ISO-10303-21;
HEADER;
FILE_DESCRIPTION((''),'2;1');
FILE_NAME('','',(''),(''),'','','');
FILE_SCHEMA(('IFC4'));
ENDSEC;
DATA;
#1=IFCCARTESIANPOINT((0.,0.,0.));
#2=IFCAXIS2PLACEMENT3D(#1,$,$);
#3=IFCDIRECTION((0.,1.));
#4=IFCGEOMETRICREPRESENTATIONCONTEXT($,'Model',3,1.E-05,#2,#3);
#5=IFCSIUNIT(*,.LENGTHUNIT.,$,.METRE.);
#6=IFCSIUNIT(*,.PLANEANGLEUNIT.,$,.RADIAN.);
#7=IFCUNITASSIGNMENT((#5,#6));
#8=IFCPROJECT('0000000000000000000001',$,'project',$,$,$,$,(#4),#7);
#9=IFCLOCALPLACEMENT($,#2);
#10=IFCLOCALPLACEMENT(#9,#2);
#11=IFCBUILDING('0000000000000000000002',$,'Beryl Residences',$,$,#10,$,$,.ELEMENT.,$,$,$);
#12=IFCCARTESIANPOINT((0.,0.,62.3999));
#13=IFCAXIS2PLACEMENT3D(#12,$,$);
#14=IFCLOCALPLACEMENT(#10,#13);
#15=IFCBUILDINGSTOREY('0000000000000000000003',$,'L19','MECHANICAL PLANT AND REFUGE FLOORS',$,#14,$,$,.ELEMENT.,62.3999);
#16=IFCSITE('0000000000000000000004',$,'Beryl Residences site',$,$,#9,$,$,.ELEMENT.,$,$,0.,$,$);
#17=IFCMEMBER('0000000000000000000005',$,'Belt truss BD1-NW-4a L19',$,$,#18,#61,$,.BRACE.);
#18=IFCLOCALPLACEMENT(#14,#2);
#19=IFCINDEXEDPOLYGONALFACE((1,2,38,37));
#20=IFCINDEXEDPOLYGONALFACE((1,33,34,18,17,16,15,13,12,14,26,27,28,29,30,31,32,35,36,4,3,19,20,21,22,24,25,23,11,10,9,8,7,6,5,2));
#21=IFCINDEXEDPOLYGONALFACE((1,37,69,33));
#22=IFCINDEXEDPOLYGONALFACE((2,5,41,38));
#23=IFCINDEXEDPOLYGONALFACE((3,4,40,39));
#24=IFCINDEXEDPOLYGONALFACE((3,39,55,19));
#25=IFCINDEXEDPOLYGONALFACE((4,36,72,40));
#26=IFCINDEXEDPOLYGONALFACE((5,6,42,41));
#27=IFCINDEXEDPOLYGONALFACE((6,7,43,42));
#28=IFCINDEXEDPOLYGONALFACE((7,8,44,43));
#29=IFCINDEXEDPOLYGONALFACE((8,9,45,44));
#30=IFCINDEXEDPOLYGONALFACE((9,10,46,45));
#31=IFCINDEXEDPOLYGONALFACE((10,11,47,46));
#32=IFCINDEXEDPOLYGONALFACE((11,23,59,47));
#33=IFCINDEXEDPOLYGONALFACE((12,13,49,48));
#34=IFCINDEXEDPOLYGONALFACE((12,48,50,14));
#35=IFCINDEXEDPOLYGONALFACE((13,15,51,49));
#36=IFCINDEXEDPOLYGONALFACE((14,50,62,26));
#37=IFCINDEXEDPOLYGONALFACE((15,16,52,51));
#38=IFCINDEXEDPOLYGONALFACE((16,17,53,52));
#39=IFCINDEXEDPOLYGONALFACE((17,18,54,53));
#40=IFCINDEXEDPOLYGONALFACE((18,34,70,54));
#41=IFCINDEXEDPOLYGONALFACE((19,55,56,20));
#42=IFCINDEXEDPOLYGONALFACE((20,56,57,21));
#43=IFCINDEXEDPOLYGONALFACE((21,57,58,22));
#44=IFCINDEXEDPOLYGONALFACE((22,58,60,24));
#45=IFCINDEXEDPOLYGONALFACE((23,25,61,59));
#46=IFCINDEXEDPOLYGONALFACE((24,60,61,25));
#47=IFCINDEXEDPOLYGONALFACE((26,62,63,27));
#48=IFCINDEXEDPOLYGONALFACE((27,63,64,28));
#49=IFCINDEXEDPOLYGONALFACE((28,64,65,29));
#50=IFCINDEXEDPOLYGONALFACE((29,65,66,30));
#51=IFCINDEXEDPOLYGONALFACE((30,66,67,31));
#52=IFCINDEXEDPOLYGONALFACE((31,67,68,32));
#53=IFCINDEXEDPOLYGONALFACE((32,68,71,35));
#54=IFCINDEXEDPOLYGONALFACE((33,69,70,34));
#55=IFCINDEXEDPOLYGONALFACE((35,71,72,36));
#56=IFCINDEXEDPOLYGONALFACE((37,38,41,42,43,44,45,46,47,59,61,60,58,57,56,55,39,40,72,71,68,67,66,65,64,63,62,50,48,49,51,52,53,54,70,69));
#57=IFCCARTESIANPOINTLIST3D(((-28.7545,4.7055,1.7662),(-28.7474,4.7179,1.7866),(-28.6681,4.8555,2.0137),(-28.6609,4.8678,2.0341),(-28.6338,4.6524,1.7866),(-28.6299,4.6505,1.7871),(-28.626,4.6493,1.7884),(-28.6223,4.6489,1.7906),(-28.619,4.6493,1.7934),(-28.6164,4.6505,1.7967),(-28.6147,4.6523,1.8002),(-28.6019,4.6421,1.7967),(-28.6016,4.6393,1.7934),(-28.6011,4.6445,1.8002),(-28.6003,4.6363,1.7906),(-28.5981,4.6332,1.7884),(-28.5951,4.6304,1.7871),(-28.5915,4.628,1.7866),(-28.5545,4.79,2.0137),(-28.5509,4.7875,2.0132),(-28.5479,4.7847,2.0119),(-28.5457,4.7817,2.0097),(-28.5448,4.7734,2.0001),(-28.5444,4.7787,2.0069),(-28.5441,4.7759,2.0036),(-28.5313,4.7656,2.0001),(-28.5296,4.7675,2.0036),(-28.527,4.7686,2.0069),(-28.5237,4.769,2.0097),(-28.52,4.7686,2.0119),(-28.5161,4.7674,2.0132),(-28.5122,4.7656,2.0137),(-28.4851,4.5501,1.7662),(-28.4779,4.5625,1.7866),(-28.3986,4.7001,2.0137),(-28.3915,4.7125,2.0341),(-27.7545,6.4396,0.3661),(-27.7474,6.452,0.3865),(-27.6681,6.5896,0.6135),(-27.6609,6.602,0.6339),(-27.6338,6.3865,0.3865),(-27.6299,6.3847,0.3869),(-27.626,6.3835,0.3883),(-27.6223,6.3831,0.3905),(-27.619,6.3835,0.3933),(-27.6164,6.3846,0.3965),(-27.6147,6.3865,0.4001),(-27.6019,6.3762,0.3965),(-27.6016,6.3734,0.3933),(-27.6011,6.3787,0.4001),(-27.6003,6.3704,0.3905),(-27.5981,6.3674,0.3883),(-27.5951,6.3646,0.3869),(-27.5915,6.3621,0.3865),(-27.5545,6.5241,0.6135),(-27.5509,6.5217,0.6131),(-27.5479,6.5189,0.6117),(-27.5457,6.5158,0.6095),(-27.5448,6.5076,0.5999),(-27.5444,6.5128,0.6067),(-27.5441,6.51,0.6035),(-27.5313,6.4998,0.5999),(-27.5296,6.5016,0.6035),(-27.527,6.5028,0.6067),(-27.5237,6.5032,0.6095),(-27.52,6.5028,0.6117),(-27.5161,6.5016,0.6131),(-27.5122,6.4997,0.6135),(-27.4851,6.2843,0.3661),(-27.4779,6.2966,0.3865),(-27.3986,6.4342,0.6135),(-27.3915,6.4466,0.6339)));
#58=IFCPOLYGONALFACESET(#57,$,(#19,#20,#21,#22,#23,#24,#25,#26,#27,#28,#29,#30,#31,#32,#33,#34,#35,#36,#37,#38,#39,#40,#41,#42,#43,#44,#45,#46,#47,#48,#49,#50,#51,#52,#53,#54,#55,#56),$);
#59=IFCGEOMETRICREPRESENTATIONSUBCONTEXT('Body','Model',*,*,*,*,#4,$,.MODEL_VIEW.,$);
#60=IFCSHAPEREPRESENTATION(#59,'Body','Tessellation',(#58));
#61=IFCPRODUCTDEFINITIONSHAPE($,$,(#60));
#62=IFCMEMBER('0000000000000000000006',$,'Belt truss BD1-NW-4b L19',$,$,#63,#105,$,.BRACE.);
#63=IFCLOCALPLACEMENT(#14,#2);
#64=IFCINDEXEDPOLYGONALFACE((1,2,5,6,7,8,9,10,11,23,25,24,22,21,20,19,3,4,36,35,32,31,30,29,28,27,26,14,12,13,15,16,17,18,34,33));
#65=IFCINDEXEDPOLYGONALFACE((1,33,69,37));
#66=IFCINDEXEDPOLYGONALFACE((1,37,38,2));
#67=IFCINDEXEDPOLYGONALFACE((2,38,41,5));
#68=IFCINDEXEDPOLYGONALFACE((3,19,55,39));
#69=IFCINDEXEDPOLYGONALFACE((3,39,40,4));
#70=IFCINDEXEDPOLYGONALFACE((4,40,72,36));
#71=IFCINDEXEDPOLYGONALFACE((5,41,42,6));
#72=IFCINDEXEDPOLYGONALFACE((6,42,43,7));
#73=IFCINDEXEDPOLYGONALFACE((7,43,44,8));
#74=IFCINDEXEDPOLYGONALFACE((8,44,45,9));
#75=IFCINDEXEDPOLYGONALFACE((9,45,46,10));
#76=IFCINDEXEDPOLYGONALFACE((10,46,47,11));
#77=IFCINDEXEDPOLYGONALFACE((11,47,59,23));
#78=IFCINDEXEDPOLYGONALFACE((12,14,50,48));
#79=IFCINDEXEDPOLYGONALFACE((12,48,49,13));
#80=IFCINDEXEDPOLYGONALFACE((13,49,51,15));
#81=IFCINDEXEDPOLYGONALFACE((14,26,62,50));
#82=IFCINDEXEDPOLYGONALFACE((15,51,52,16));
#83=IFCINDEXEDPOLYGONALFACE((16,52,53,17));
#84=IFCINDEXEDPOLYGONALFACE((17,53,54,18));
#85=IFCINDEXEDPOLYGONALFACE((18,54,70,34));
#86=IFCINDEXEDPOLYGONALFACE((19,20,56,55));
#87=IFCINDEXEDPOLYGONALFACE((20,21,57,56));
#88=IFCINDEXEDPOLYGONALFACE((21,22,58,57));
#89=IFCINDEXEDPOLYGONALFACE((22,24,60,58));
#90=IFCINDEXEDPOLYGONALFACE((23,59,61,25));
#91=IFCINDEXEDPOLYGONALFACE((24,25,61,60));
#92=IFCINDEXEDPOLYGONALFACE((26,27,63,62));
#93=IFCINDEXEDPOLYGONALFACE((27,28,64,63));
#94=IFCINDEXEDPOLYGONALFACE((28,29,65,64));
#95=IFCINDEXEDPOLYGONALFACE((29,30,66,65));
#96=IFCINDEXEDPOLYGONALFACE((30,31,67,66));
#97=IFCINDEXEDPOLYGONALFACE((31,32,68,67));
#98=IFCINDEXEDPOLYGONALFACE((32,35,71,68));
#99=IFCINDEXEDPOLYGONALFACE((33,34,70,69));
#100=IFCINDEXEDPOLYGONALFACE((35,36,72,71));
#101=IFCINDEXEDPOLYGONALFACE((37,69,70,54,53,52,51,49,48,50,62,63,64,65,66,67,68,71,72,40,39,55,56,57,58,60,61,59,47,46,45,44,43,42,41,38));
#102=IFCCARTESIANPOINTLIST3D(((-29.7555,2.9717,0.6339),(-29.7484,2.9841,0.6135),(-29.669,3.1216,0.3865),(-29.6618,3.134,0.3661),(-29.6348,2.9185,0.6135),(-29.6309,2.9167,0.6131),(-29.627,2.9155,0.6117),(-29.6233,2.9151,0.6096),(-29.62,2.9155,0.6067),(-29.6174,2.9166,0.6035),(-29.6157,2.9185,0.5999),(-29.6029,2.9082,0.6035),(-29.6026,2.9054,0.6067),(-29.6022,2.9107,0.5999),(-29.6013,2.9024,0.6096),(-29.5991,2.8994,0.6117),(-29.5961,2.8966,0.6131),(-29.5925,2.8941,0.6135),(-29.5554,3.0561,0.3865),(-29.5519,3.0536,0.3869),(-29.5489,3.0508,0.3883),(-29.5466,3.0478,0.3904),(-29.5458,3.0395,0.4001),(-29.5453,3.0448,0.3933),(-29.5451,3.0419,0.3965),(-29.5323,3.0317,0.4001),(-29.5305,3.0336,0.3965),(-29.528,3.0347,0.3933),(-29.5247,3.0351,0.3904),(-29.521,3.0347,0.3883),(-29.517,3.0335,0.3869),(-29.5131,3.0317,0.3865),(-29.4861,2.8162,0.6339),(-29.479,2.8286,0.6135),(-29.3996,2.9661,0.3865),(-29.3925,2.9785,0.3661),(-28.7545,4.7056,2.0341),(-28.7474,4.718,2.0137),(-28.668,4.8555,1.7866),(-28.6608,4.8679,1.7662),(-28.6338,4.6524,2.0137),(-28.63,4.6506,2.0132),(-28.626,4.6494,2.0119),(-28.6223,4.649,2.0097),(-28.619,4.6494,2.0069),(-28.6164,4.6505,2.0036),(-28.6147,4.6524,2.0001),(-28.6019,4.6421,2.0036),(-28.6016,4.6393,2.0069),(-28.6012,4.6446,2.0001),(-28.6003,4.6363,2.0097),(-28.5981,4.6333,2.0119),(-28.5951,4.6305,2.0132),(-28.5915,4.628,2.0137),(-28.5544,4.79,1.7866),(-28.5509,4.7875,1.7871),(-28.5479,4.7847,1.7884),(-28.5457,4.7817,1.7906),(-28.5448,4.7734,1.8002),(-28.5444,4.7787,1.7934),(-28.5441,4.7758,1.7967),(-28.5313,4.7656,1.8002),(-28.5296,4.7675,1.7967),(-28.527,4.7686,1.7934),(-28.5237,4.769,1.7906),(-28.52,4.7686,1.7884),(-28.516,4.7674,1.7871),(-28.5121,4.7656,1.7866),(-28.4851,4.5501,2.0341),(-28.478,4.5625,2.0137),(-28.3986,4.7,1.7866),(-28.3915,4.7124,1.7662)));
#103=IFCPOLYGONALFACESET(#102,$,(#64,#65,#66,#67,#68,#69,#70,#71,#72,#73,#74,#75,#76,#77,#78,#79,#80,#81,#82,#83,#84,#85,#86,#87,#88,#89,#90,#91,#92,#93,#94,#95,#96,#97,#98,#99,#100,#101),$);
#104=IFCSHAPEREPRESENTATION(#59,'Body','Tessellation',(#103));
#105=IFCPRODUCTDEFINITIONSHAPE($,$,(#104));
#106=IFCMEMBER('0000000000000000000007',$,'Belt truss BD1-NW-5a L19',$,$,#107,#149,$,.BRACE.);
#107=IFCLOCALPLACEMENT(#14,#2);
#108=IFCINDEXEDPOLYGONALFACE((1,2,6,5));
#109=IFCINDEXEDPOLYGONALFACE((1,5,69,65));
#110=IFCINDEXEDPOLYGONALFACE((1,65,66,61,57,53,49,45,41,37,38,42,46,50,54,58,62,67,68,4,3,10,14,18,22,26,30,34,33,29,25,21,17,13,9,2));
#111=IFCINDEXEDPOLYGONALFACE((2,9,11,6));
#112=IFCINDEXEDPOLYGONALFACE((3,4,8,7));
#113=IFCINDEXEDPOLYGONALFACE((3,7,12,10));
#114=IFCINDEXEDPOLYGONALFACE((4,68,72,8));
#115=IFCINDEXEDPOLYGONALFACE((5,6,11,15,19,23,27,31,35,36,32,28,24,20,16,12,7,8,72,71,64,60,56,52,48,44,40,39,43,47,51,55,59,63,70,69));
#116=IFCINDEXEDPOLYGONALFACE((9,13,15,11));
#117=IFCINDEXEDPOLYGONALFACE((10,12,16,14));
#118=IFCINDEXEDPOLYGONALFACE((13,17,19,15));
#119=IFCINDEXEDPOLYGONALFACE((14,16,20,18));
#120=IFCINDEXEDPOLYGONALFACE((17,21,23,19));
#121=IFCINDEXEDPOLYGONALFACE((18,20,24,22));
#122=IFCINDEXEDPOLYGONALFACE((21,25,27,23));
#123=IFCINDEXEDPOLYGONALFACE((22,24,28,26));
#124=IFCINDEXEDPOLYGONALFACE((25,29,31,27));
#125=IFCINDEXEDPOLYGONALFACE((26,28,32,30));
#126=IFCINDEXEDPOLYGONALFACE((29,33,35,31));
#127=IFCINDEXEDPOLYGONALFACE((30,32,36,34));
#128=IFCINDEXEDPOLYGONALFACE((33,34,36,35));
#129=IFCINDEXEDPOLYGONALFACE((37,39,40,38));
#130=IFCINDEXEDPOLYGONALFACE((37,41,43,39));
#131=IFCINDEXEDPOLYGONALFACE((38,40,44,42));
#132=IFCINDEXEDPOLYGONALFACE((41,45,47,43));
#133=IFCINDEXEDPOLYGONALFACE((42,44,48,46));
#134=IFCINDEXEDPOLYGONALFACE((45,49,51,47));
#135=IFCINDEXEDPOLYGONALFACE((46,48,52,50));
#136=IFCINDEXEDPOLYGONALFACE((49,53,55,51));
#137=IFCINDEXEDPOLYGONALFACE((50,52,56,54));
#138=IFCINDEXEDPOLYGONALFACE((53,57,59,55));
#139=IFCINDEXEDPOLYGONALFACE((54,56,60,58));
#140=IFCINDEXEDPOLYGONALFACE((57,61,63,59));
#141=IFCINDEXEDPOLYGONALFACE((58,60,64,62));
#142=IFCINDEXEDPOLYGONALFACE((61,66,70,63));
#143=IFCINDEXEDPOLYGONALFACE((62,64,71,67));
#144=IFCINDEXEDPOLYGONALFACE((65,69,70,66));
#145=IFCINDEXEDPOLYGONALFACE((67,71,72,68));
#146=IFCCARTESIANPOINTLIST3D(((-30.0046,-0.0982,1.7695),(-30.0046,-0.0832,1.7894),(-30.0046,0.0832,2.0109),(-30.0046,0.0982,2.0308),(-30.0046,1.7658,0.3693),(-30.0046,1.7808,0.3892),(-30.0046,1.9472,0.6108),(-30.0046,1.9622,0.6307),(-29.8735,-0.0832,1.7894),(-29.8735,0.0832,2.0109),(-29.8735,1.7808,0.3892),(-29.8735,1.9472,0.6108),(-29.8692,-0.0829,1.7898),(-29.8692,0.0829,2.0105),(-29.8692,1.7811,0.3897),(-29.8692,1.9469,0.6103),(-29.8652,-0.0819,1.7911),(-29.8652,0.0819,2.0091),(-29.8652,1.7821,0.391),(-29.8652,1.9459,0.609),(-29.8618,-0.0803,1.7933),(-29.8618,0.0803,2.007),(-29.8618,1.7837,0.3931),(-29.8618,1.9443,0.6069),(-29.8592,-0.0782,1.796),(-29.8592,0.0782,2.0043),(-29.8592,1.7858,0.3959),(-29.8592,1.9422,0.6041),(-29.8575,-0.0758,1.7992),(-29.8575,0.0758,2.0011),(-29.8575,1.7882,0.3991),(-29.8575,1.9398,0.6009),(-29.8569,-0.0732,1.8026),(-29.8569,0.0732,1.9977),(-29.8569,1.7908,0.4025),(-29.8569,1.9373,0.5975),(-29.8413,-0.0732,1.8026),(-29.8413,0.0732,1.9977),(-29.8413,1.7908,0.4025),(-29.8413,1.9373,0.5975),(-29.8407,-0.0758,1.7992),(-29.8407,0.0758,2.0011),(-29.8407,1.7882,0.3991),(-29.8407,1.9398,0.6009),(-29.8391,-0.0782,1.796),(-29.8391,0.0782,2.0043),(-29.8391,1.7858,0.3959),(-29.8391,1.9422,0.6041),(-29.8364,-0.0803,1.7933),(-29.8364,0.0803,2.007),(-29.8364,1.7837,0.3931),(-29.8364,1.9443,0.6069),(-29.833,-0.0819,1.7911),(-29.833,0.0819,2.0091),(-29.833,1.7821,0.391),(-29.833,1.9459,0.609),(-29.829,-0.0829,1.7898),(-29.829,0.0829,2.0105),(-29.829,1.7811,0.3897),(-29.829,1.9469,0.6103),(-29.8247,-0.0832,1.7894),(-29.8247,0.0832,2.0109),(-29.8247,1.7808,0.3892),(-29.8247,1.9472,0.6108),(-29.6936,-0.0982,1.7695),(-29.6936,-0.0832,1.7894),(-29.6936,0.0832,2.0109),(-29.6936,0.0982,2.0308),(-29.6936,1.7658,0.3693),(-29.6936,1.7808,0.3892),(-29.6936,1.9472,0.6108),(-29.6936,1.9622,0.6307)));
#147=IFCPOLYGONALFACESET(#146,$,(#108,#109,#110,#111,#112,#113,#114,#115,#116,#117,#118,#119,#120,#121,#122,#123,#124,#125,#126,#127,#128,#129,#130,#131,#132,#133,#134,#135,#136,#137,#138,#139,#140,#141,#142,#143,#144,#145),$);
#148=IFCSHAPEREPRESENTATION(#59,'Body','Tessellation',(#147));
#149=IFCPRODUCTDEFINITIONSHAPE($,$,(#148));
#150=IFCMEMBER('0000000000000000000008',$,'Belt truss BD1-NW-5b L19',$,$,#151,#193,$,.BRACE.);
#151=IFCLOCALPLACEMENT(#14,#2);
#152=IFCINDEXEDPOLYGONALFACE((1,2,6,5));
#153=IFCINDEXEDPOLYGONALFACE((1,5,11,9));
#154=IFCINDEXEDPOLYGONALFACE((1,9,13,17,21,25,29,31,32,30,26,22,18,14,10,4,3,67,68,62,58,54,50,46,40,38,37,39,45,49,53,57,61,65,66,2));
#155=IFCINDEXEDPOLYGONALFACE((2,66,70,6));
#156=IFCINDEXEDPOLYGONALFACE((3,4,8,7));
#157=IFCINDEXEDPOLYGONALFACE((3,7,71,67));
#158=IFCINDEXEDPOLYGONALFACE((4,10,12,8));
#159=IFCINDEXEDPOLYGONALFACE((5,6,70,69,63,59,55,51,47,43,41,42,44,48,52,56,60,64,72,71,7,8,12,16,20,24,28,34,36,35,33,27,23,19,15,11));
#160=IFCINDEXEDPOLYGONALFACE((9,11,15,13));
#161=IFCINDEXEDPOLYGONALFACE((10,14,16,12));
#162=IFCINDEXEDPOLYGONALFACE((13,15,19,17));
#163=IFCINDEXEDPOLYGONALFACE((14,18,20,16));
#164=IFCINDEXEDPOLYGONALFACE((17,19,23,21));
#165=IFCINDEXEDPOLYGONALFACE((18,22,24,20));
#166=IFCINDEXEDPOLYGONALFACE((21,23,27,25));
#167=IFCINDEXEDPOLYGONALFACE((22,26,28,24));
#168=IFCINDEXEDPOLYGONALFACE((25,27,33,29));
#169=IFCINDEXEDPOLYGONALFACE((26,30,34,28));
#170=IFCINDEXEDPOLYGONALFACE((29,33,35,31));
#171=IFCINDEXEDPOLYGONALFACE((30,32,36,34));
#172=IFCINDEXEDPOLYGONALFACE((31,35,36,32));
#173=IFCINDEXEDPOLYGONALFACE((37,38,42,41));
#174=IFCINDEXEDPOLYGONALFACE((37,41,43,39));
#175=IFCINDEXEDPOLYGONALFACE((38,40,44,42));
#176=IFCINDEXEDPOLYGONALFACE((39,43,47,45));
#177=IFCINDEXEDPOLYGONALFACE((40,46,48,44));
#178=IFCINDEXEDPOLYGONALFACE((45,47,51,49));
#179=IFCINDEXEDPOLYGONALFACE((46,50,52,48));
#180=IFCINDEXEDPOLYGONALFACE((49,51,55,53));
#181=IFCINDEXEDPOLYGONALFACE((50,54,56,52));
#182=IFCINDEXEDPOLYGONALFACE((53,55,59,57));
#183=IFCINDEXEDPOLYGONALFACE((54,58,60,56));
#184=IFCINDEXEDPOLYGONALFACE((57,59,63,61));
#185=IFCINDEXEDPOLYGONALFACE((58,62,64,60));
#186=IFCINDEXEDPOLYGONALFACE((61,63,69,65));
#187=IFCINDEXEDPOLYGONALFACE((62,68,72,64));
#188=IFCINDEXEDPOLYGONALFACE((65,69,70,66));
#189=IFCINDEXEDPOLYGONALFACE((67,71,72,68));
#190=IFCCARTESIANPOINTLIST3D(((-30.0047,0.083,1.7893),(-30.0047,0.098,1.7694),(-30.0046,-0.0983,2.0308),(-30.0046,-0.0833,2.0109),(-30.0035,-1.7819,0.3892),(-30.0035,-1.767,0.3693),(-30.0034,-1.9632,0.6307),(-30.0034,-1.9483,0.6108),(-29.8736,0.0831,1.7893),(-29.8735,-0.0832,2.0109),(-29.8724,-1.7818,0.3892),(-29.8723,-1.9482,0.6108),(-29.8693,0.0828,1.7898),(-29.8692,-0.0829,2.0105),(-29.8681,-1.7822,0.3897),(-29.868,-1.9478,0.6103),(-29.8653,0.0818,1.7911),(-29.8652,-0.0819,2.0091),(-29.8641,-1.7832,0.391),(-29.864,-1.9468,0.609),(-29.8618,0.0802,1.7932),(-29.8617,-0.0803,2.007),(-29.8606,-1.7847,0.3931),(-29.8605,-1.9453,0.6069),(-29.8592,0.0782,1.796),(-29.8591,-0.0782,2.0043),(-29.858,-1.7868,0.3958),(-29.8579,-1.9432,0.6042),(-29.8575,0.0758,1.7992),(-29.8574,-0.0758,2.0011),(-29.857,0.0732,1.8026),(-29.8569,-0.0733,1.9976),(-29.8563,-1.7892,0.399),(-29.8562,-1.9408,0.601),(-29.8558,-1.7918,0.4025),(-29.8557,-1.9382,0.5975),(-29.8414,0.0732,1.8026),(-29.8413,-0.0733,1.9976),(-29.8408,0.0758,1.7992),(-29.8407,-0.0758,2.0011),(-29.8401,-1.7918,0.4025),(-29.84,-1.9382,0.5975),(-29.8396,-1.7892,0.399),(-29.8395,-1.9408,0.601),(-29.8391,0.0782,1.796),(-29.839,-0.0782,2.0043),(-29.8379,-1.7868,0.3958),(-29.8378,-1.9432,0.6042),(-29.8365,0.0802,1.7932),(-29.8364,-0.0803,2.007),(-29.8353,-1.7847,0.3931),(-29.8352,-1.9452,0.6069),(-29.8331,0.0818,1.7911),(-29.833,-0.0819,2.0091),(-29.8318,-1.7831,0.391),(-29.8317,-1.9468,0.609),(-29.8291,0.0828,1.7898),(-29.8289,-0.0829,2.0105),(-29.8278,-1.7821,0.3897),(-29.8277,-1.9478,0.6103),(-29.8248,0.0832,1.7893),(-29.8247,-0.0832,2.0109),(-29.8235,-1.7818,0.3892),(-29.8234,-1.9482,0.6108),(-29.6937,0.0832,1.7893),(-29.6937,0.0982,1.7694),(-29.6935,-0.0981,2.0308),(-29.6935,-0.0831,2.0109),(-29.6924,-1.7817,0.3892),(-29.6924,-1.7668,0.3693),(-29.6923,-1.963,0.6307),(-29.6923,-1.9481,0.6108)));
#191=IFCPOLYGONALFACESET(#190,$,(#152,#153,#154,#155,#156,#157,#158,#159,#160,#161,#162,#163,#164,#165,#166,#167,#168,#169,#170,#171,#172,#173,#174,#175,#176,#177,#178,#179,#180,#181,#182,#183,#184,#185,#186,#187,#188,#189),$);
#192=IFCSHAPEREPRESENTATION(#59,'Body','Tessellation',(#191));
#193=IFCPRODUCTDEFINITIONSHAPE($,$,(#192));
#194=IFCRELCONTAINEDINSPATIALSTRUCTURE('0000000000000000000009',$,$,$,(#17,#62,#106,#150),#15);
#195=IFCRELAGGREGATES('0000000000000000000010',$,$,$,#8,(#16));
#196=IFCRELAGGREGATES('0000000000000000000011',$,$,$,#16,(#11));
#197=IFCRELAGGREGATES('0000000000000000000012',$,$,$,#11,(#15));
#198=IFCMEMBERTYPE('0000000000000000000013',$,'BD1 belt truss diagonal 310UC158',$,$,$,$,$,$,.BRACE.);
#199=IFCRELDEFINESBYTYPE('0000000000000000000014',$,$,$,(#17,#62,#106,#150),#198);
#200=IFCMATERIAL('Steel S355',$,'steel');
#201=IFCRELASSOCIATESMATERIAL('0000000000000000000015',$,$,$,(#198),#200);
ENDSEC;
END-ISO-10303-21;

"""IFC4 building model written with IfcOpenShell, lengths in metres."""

from ifc_helpers import new_model, si_unit, direction, frame, origin, origin_2d, place, context, subcontext, project, spatial, i_section, extrude, material, material_profile, profile_set, type_object, element, save


model = new_model("IFC4")

# Units and contexts
model_context = context("Model", 3, precision=1e-05, world=origin(), true_north=direction((0.0, 1.0)))
body_context = subcontext(model_context, "Body", "Model", "MODEL_VIEW")
ifc_project = project(units=[si_unit("LENGTHUNIT", "METRE"), si_unit("PLANEANGLEUNIT", "RADIAN")], contexts=[model_context])

# Site, building, storey
site_placement = place(None, origin())
site = spatial("IfcSite", under=ifc_project, at=site_placement, Name="Beryl Residences site", CompositionType="ELEMENT", RefElevation=0.0)
building_placement = place(site_placement, origin())
building = spatial("IfcBuilding", under=site, at=building_placement, Name="Beryl Residences", CompositionType="ELEMENT")
storey_placement = place(building_placement, frame((0.0, 0.0, 62.3999)))
storey = spatial("IfcBuildingStorey", under=building, at=storey_placement, Name="L19", Description="MECHANICAL PLANT AND REFUGE FLOORS", CompositionType="ELEMENT", Elevation=62.3999)

# Members
ifc_material_1 = material(Name="Steel S355", Category="steel")
ifc_material_profile_1 = material_profile(ifc_material_1, i_section(OverallWidth=0.311, OverallDepth=0.3269, WebThickness=0.0156, FlangeThickness=0.0249, FilletRadius=0.0166, at=origin_2d()))
ifc_profile_set_1 = profile_set([ifc_material_profile_1], Name="Steel S355")
member_type_1 = type_object("IfcMemberType", Name="BD1 belt truss diagonal 310UC158", PredefinedType="BRACE", material=ifc_profile_set_1)
member_1_placement = place(storey_placement, frame((-27.573, 6.4431, 0.5), z_axis=(-0.409354, -0.709874, 0.573156), x_axis=(0.866285, -0.49955, 0.0)))
element("IfcMember", 1, at=member_1_placement, inside=storey, type_object=member_type_1, Name="Belt truss BD1-NW-4a L19", PredefinedType="BRACE", context=body_context, shape_type="SweptSolid", body=[
    extrude(i_section(OverallWidth=0.311, OverallDepth=0.3269, WebThickness=0.0156, FlangeThickness=0.0249, FilletRadius=0.0166, at=origin_2d()), origin(), (0.0, 0.0, 1.0), 2.4429),
])
member_2_placement = place(storey_placement, frame((-29.574, 2.9751, 0.5), z_axis=(0.409716, 0.709708, 0.573103), x_axis=(-0.866043, 0.499969, 0.0)))
element("IfcMember", 2, at=member_2_placement, inside=storey, type_object=member_type_1, Name="Belt truss BD1-NW-4b L19", PredefinedType="BRACE", context=body_context, shape_type="SweptSolid", body=[
    extrude(i_section(OverallWidth=0.311, OverallDepth=0.3269, WebThickness=0.0156, FlangeThickness=0.0249, FilletRadius=0.0166, at=origin_2d()), origin(), (0.0, 0.0, 1.0), 2.4431),
])
member_3_placement = place(storey_placement, frame((-29.8491, 1.864, 0.5), z_axis=(0.0, -0.79956, 0.600586), x_axis=(1.0, 0.0, 0.0)))
element("IfcMember", 3, at=member_3_placement, inside=storey, type_object=member_type_1, Name="Belt truss BD1-NW-5a L19", PredefinedType="BRACE", context=body_context, shape_type="SweptSolid", body=[
    extrude(i_section(OverallWidth=0.311, OverallDepth=0.3269, WebThickness=0.0156, FlangeThickness=0.0249, FilletRadius=0.0166, at=origin_2d()), origin(), (0.0, 0.0, 1.0), 2.3313),
])
member_4_placement = place(storey_placement, frame((-29.8479, -1.865, 0.5), z_axis=(-0.000523, 0.799711, 0.600385), x_axis=(-1.0, -0.000655, 0.0)))
element("IfcMember", 4, at=member_4_placement, inside=storey, type_object=member_type_1, Name="Belt truss BD1-NW-5b L19", PredefinedType="BRACE", context=body_context, shape_type="SweptSolid", body=[
    extrude(i_section(OverallWidth=0.311, OverallDepth=0.3269, WebThickness=0.0156, FlangeThickness=0.0249, FilletRadius=0.0166, at=origin_2d()), origin(), (0.0, 0.0, 1.0), 2.332),
])

save(model, "model.ifc")
